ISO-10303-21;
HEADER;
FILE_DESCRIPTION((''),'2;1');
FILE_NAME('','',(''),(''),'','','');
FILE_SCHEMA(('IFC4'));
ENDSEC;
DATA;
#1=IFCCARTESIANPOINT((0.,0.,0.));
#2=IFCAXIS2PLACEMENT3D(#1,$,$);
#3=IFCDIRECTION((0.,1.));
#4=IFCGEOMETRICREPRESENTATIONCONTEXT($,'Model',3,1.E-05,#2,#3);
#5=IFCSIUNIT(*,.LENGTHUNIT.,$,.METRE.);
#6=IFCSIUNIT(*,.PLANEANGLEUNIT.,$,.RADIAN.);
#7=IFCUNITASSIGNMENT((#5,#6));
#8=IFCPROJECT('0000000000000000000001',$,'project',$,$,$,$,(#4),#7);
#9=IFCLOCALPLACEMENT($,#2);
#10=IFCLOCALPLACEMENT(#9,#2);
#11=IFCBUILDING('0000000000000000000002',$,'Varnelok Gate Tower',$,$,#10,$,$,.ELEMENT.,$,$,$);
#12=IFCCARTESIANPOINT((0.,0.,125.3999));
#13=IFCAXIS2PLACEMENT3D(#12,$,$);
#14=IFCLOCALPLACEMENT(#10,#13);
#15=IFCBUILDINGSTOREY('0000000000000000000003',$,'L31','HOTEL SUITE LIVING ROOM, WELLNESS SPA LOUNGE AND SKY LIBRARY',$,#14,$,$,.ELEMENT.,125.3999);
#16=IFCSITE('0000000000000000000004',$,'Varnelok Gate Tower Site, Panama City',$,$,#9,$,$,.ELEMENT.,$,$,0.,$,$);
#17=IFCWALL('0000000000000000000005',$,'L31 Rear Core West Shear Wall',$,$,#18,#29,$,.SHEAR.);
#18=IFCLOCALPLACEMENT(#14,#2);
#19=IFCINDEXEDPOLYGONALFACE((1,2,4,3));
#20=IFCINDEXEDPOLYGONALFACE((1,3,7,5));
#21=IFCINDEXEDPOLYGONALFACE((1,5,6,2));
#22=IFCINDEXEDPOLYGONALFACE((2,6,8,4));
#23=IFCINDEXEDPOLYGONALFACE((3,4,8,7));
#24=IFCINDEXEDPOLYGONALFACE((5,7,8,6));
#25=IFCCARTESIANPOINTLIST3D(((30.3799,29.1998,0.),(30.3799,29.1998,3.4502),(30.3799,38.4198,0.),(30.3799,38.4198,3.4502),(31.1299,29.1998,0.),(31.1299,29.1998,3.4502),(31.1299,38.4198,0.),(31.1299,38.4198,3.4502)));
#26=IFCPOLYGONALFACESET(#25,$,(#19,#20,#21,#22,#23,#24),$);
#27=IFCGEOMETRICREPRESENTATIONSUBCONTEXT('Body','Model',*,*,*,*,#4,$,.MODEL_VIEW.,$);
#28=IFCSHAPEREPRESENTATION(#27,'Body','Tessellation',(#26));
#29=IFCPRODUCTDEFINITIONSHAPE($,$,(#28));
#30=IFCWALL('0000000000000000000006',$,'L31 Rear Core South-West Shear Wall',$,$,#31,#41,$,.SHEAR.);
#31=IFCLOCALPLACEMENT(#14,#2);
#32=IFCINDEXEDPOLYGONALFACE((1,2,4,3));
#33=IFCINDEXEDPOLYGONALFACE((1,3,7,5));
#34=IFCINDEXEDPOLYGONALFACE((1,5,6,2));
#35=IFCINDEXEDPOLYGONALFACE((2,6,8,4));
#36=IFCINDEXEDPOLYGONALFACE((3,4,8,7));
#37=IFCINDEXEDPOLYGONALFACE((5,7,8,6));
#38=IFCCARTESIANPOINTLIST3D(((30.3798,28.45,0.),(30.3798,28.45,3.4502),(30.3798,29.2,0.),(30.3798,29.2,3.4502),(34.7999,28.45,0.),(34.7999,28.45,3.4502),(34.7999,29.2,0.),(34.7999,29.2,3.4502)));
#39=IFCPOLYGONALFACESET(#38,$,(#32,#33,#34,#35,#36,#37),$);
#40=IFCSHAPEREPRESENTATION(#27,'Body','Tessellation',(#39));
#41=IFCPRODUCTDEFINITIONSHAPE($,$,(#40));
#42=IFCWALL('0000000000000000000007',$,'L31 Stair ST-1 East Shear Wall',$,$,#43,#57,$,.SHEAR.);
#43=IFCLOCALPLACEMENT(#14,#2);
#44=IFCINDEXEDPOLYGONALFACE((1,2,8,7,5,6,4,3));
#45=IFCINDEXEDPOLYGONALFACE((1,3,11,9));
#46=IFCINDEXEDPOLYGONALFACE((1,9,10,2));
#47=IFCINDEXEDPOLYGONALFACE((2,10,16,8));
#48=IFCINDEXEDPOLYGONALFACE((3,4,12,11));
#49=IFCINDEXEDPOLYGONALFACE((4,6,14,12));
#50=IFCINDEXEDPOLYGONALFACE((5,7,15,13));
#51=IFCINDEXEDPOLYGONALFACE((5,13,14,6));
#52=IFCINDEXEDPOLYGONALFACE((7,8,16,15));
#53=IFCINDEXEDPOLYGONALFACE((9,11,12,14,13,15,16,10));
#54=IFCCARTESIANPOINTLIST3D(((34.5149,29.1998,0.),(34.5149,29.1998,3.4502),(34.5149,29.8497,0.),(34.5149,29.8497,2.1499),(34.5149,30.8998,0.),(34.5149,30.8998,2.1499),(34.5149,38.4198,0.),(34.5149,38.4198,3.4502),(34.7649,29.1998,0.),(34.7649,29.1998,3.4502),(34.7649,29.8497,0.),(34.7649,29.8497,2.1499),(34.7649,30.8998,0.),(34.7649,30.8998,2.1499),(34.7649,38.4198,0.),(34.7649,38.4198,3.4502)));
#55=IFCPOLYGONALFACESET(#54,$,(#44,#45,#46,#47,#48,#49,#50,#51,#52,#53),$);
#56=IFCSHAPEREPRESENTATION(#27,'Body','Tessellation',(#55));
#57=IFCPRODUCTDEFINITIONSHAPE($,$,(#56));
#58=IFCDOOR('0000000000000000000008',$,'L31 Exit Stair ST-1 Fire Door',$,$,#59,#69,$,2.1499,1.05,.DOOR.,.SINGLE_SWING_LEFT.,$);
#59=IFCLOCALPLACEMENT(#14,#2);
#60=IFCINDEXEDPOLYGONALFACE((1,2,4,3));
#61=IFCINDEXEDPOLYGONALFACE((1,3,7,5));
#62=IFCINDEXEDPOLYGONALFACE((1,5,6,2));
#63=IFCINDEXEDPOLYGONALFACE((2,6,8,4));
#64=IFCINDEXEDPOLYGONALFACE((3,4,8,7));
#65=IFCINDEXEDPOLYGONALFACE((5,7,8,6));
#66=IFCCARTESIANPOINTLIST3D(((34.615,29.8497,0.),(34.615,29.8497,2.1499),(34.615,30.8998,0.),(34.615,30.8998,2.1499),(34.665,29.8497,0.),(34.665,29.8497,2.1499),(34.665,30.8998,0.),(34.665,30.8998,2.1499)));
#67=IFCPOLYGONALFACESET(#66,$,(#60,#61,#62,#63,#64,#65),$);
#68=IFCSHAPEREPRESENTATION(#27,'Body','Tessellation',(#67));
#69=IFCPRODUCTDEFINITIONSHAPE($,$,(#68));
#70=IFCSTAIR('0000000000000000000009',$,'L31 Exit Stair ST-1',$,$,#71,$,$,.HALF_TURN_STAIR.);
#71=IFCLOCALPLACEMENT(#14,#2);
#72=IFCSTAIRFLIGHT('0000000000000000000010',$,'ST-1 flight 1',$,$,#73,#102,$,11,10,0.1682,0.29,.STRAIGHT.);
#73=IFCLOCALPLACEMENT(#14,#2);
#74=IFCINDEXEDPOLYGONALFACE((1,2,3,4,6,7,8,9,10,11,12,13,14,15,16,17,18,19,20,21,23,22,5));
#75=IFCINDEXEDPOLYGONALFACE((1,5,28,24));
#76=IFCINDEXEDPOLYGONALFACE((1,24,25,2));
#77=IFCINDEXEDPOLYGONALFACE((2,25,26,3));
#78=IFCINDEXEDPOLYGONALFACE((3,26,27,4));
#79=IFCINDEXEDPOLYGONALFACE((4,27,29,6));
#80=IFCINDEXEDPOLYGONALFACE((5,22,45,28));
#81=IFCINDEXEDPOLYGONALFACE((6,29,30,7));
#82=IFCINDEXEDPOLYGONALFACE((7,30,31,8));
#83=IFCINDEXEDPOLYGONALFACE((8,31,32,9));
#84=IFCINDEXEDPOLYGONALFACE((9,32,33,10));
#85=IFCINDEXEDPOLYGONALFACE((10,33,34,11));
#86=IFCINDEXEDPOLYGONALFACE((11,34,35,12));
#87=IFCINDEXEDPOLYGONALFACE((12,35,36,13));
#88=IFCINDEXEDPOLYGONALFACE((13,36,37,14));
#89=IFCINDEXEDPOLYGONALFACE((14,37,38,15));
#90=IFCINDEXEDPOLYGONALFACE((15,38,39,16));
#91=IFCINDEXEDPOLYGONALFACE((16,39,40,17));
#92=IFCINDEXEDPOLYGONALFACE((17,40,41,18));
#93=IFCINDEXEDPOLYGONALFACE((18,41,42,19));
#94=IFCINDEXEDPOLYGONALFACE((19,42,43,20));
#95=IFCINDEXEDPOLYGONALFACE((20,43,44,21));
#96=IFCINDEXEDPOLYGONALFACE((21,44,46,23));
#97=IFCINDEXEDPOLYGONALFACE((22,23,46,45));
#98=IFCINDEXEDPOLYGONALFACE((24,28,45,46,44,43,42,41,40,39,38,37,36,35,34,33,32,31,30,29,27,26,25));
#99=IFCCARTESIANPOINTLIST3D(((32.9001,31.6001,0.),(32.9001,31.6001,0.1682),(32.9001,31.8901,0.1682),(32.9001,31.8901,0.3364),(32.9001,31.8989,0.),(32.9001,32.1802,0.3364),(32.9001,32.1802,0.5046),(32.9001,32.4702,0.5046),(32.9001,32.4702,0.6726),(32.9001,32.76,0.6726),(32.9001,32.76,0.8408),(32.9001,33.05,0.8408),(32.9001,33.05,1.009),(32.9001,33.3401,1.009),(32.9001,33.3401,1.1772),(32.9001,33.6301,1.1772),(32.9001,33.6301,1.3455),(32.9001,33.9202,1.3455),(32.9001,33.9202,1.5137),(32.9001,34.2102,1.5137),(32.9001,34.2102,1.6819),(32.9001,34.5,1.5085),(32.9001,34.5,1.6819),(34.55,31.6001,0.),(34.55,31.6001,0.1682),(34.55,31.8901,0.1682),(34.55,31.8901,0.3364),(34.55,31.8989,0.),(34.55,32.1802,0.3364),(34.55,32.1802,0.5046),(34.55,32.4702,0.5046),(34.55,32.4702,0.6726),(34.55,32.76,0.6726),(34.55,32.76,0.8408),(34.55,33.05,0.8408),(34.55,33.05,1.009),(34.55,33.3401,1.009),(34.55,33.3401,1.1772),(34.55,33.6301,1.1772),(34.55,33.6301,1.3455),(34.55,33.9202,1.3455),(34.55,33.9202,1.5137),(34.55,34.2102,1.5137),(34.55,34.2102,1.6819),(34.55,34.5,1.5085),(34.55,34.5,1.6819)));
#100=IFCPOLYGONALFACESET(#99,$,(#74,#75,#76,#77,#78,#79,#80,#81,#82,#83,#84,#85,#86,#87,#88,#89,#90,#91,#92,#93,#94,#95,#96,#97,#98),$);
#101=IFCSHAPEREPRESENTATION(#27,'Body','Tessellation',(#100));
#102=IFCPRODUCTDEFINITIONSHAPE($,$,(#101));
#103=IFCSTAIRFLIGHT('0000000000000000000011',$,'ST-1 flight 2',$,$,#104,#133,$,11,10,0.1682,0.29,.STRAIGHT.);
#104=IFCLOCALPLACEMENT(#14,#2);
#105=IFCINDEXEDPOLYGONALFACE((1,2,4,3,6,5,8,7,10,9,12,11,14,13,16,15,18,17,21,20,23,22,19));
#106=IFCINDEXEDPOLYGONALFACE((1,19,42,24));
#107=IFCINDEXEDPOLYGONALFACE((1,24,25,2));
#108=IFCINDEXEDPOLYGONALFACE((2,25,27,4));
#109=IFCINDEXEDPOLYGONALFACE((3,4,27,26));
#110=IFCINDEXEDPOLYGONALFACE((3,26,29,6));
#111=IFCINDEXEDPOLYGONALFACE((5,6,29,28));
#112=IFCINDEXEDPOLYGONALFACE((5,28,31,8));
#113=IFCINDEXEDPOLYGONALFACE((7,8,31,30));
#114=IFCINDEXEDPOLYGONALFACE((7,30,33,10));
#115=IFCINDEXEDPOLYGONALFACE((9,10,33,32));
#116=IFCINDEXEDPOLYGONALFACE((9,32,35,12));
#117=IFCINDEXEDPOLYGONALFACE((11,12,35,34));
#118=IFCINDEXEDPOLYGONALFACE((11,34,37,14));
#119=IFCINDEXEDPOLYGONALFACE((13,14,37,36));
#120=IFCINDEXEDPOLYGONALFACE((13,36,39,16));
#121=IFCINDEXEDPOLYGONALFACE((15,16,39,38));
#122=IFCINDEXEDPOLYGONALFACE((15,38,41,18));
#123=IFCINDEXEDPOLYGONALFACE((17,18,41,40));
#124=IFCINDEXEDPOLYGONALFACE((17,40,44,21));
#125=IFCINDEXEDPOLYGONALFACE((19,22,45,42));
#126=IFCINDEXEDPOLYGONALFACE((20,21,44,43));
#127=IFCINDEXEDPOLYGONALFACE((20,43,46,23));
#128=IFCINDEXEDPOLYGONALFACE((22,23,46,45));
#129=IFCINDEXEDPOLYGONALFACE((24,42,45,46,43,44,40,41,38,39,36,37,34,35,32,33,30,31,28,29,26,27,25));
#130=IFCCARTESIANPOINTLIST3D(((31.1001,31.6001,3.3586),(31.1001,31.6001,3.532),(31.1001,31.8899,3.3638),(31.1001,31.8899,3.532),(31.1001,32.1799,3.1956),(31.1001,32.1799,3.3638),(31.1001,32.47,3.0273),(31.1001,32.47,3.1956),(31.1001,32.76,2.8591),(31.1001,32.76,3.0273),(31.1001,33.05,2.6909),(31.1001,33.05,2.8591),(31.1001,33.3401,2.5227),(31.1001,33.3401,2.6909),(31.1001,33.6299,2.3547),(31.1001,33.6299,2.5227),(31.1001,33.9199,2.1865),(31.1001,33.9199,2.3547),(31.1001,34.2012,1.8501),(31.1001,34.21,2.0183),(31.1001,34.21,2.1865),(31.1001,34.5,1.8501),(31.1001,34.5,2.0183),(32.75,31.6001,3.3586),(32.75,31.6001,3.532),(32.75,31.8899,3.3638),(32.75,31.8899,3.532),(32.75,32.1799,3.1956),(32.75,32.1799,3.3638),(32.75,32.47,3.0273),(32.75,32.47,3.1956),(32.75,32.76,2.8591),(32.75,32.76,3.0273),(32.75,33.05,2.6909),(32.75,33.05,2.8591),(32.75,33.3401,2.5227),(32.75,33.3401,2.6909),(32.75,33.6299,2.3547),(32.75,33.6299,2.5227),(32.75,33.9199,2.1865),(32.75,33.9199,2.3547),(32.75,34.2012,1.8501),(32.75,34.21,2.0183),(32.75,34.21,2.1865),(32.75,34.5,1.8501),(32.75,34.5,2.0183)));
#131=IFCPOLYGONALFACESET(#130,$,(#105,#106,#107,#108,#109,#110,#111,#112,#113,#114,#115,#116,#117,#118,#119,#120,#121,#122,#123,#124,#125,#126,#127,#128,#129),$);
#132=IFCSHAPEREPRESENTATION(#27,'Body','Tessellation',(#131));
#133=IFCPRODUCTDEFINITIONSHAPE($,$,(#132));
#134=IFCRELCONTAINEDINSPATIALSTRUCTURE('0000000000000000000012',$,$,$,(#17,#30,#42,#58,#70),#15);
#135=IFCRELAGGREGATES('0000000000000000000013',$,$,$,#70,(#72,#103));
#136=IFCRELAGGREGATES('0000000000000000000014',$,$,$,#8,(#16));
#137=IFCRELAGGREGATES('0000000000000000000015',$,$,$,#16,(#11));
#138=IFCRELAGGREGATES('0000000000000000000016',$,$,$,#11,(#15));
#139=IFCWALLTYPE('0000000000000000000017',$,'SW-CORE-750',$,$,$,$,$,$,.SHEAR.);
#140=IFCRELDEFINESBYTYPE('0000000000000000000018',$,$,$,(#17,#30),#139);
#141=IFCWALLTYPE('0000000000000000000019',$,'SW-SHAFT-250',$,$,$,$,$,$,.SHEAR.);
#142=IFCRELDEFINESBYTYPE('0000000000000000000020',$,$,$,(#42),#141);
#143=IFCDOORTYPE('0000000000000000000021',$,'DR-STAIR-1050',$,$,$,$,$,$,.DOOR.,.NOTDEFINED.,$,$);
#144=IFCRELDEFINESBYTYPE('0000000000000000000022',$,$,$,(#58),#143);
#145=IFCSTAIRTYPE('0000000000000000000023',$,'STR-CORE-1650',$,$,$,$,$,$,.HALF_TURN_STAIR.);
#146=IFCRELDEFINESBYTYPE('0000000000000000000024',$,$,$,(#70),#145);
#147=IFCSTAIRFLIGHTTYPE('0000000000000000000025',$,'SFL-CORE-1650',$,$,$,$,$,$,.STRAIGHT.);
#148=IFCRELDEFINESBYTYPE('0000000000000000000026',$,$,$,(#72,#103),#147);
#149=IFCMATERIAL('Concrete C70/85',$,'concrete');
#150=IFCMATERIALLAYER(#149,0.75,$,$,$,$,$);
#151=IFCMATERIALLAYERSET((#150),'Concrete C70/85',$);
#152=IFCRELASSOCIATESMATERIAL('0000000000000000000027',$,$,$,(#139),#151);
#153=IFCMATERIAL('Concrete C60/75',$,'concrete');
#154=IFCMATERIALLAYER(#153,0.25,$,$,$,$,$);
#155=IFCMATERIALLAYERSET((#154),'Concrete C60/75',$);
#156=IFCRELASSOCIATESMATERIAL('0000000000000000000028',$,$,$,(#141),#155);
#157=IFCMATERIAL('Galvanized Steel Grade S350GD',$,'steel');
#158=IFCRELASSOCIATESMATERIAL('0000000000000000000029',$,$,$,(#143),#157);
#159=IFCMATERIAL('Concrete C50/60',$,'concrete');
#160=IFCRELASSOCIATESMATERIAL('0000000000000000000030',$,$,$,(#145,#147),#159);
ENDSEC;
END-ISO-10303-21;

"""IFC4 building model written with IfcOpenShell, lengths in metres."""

from ifc_helpers import new_model, si_unit, direction, frame, frame_2d, origin, place, context, subcontext, project, spatial, polyline, rectangle, outline, extrude, material, layer, layer_set, type_object, element, fill, aggregate, save


model = new_model("IFC4")

# Units and contexts
model_context = context("Model", 3, precision=1e-05, world=origin(), true_north=direction((0.0, 1.0)))
body_context = subcontext(model_context, "Body", "Model", "MODEL_VIEW")
ifc_project = project(units=[si_unit("LENGTHUNIT", "METRE"), si_unit("PLANEANGLEUNIT", "RADIAN")], contexts=[model_context])

# Site, building, storey
site_placement = place(None, origin())
site = spatial("IfcSite", under=ifc_project, at=site_placement, Name="Varnelok Gate Tower Site, Panama City", CompositionType="ELEMENT", RefElevation=0.0)
building_placement = place(site_placement, origin())
building = spatial("IfcBuilding", under=site, at=building_placement, Name="Varnelok Gate Tower", CompositionType="ELEMENT")
storey_placement = place(building_placement, frame((0.0, 0.0, 125.3999)))
storey = spatial("IfcBuildingStorey", under=building, at=storey_placement, Name="L31", Description="HOTEL SUITE LIVING ROOM, WELLNESS SPA LOUNGE AND SKY LIBRARY", CompositionType="ELEMENT", Elevation=125.3999)

# Shared definitions
ifc_material_1 = material(Name="Concrete C70/85", Category="concrete")

# Shared definitions
ifc_material_2 = material(Name="Concrete C60/75", Category="concrete")

# Shared definitions
ifc_material_3 = material(Name="Galvanized Steel Grade S350GD", Category="steel")

# Walls
ifc_layer_1 = layer(ifc_material_1, 0.75)
ifc_layer_set_1 = layer_set([ifc_layer_1], Name="Concrete C70/85")
wall_type_1 = type_object("IfcWallType", Name="SW-CORE-750", PredefinedType="SHEAR", material=ifc_layer_set_1)
wall_1_placement = place(storey_placement, frame((30.7549, 29.2, 0.0), z_axis=(0.0, 0.0, 1.0), x_axis=(0.0, 1.0, 0.0)))
element("IfcWall", 1, at=wall_1_placement, inside=storey, type_object=wall_type_1, Name="L31 Rear Core West Shear Wall", PredefinedType="SHEAR", context=body_context, shape_type="SweptSolid", body=[
    extrude(rectangle(XDim=9.22, YDim=0.75, at=frame_2d((4.6099, 0.0))), origin(), (0.0, 0.0, 1.0), 3.4502),
])
wall_2_placement = place(storey_placement, frame((30.3799, 28.825, 0.0), z_axis=(0.0, 0.0, 1.0), x_axis=(1.0, 0.0, 0.0)))
element("IfcWall", 2, at=wall_2_placement, inside=storey, type_object=wall_type_1, Name="L31 Rear Core South-West Shear Wall", PredefinedType="SHEAR", context=body_context, shape_type="SweptSolid", body=[
    extrude(rectangle(XDim=4.4202, YDim=0.75, at=frame_2d((2.21, 0.0))), origin(), (0.0, 0.0, 1.0), 3.4502),
])

# Wall, opening, door
ifc_layer_2 = layer(ifc_material_2, 0.25)
ifc_layer_set_2 = layer_set([ifc_layer_2], Name="Concrete C60/75")
wall_type_2 = type_object("IfcWallType", Name="SW-SHAFT-250", PredefinedType="SHEAR", material=ifc_layer_set_2)
wall_3_placement = place(storey_placement, frame((34.6399, 29.2, 0.0), z_axis=(0.0, 0.0, 1.0), x_axis=(0.0, 1.0, 0.0)))
wall_3 = element("IfcWall", 3, at=wall_3_placement, inside=storey, type_object=wall_type_2, Name="L31 Stair ST-1 East Shear Wall", PredefinedType="SHEAR", context=body_context, shape_type="SweptSolid", body=[
    extrude(rectangle(XDim=9.22, YDim=0.25, at=frame_2d((4.6099, 0.0))), origin(), (0.0, 0.0, 1.0), 3.4502),
])
opening_1_placement = place(wall_3_placement, frame((0.6499, 0.0, 0.0)))
opening_1 = element("IfcOpeningElement", 4, at=opening_1_placement, cuts=wall_3, PredefinedType="OPENING", context=body_context, shape_type="SweptSolid", body=[
    extrude(rectangle(XDim=1.05, YDim=2.1499, at=frame_2d((0.5249, 1.075))), frame((0.0, 0.135, 0.0), z_axis=(0.0, -1.0, 0.0), x_axis=(1.0, 0.0, 0.0)), (0.0, 0.0, 1.0), 0.27),
])
door_type_1 = type_object("IfcDoorType", Name="DR-STAIR-1050", OperationType="NOTDEFINED", PredefinedType="DOOR", material=ifc_material_3)
door_1_placement = place(opening_1_placement, origin())
door_1 = element("IfcDoor", 5, at=door_1_placement, inside=storey, type_object=door_type_1, Name="L31 Exit Stair ST-1 Fire Door", OperationType="SINGLE_SWING_LEFT", OverallHeight=2.1499, OverallWidth=1.05, PredefinedType="DOOR", context=body_context, shape_type="SweptSolid", body=[
    extrude(rectangle(XDim=1.05, YDim=2.1499, at=frame_2d((0.5249, 1.075))), frame((0.0, 0.0249, 0.0), z_axis=(0.0, -1.0, 0.0), x_axis=(1.0, 0.0, 0.0)), (0.0, 0.0, 1.0), 0.05),
])
fill(opening_1, door_1)

# Stair, stair flights
ifc_material_4 = material(Name="Concrete C50/60", Category="concrete")
stair_type = type_object("IfcStairType", Name="STR-CORE-1650", PredefinedType="HALF_TURN_STAIR", material=ifc_material_4)
stair_placement = place(storey_placement, origin())
stair = element("IfcStair", 6, at=stair_placement, inside=storey, type_object=stair_type, Name="L31 Exit Stair ST-1", PredefinedType="HALF_TURN_STAIR")
stair_flight_type = type_object("IfcStairFlightType", Name="SFL-CORE-1650", PredefinedType="STRAIGHT", material=ifc_material_4)
stair_flight_1_placement = place(storey_placement, frame((33.7251, 31.6001, 0.0), z_axis=(0.0, 0.0, 1.0), x_axis=(0.0, 1.0, 0.0)))
stair_flight_1 = element("IfcStairFlight", 7, at=stair_flight_1_placement, type_object=stair_flight_type, Name="ST-1 flight 1", NumberOfRisers=11, NumberOfTreads=10, PredefinedType="STRAIGHT", RiserHeight=0.1682, TreadLength=0.29, context=body_context, shape_type="SweptSolid", body=[
    extrude(outline(polyline([(0.0, 0.0), (0.0, 0.1682), (0.29, 0.1682), (0.29, 0.3364), (0.5801, 0.3364), (0.5801, 0.5046), (0.8701, 0.5046), (0.8701, 0.6726), (1.1599, 0.6726), (1.1599, 0.8408), (1.45, 0.8408), (1.45, 1.009), (1.74, 1.009), (1.74, 1.1772), (2.03, 1.1772), (2.03, 1.3455), (2.3201, 1.3455), (2.3201, 1.5137), (2.6101, 1.5137), (2.6101, 1.6819), (2.8999, 1.6819), (2.8999, 1.8501), (2.8999, 1.5085), (0.2988, 0.0), (0.0, 0.0)])), frame((0.0, 0.825, 0.0), z_axis=(0.0, -1.0, 0.0), x_axis=(1.0, 0.0, 0.0)), (0.0, 0.0, 1.0), 1.6499),
])
stair_flight_2_placement = place(storey_placement, frame((31.925, 34.5, 1.8501), z_axis=(0.0, 0.0, 1.0), x_axis=(0.0, -1.0, 0.0)))
stair_flight_2 = element("IfcStairFlight", 8, at=stair_flight_2_placement, type_object=stair_flight_type, Name="ST-1 flight 2", NumberOfRisers=11, NumberOfTreads=10, PredefinedType="STRAIGHT", RiserHeight=0.1682, TreadLength=0.29, context=body_context, shape_type="SweptSolid", body=[
    extrude(outline(polyline([(0.0, 0.0), (0.0, 0.1682), (0.29, 0.1682), (0.29, 0.3364), (0.5801, 0.3364), (0.5801, 0.5046), (0.8701, 0.5046), (0.8701, 0.6726), (1.1599, 0.6726), (1.1599, 0.8408), (1.45, 0.8408), (1.45, 1.009), (1.74, 1.009), (1.74, 1.1772), (2.03, 1.1772), (2.03, 1.3455), (2.3201, 1.3455), (2.3201, 1.5137), (2.6101, 1.5137), (2.6101, 1.6819), (2.8999, 1.6819), (2.8999, 1.8501), (2.8999, 1.5085), (0.2988, 0.0), (0.0, 0.0)])), frame((0.0, 0.825, 0.0), z_axis=(0.0, -1.0, 0.0), x_axis=(1.0, 0.0, 0.0)), (0.0, 0.0, 1.0), 1.6499),
])
aggregate(stair, [stair_flight_1, stair_flight_2])

save(model, "model.ifc")
